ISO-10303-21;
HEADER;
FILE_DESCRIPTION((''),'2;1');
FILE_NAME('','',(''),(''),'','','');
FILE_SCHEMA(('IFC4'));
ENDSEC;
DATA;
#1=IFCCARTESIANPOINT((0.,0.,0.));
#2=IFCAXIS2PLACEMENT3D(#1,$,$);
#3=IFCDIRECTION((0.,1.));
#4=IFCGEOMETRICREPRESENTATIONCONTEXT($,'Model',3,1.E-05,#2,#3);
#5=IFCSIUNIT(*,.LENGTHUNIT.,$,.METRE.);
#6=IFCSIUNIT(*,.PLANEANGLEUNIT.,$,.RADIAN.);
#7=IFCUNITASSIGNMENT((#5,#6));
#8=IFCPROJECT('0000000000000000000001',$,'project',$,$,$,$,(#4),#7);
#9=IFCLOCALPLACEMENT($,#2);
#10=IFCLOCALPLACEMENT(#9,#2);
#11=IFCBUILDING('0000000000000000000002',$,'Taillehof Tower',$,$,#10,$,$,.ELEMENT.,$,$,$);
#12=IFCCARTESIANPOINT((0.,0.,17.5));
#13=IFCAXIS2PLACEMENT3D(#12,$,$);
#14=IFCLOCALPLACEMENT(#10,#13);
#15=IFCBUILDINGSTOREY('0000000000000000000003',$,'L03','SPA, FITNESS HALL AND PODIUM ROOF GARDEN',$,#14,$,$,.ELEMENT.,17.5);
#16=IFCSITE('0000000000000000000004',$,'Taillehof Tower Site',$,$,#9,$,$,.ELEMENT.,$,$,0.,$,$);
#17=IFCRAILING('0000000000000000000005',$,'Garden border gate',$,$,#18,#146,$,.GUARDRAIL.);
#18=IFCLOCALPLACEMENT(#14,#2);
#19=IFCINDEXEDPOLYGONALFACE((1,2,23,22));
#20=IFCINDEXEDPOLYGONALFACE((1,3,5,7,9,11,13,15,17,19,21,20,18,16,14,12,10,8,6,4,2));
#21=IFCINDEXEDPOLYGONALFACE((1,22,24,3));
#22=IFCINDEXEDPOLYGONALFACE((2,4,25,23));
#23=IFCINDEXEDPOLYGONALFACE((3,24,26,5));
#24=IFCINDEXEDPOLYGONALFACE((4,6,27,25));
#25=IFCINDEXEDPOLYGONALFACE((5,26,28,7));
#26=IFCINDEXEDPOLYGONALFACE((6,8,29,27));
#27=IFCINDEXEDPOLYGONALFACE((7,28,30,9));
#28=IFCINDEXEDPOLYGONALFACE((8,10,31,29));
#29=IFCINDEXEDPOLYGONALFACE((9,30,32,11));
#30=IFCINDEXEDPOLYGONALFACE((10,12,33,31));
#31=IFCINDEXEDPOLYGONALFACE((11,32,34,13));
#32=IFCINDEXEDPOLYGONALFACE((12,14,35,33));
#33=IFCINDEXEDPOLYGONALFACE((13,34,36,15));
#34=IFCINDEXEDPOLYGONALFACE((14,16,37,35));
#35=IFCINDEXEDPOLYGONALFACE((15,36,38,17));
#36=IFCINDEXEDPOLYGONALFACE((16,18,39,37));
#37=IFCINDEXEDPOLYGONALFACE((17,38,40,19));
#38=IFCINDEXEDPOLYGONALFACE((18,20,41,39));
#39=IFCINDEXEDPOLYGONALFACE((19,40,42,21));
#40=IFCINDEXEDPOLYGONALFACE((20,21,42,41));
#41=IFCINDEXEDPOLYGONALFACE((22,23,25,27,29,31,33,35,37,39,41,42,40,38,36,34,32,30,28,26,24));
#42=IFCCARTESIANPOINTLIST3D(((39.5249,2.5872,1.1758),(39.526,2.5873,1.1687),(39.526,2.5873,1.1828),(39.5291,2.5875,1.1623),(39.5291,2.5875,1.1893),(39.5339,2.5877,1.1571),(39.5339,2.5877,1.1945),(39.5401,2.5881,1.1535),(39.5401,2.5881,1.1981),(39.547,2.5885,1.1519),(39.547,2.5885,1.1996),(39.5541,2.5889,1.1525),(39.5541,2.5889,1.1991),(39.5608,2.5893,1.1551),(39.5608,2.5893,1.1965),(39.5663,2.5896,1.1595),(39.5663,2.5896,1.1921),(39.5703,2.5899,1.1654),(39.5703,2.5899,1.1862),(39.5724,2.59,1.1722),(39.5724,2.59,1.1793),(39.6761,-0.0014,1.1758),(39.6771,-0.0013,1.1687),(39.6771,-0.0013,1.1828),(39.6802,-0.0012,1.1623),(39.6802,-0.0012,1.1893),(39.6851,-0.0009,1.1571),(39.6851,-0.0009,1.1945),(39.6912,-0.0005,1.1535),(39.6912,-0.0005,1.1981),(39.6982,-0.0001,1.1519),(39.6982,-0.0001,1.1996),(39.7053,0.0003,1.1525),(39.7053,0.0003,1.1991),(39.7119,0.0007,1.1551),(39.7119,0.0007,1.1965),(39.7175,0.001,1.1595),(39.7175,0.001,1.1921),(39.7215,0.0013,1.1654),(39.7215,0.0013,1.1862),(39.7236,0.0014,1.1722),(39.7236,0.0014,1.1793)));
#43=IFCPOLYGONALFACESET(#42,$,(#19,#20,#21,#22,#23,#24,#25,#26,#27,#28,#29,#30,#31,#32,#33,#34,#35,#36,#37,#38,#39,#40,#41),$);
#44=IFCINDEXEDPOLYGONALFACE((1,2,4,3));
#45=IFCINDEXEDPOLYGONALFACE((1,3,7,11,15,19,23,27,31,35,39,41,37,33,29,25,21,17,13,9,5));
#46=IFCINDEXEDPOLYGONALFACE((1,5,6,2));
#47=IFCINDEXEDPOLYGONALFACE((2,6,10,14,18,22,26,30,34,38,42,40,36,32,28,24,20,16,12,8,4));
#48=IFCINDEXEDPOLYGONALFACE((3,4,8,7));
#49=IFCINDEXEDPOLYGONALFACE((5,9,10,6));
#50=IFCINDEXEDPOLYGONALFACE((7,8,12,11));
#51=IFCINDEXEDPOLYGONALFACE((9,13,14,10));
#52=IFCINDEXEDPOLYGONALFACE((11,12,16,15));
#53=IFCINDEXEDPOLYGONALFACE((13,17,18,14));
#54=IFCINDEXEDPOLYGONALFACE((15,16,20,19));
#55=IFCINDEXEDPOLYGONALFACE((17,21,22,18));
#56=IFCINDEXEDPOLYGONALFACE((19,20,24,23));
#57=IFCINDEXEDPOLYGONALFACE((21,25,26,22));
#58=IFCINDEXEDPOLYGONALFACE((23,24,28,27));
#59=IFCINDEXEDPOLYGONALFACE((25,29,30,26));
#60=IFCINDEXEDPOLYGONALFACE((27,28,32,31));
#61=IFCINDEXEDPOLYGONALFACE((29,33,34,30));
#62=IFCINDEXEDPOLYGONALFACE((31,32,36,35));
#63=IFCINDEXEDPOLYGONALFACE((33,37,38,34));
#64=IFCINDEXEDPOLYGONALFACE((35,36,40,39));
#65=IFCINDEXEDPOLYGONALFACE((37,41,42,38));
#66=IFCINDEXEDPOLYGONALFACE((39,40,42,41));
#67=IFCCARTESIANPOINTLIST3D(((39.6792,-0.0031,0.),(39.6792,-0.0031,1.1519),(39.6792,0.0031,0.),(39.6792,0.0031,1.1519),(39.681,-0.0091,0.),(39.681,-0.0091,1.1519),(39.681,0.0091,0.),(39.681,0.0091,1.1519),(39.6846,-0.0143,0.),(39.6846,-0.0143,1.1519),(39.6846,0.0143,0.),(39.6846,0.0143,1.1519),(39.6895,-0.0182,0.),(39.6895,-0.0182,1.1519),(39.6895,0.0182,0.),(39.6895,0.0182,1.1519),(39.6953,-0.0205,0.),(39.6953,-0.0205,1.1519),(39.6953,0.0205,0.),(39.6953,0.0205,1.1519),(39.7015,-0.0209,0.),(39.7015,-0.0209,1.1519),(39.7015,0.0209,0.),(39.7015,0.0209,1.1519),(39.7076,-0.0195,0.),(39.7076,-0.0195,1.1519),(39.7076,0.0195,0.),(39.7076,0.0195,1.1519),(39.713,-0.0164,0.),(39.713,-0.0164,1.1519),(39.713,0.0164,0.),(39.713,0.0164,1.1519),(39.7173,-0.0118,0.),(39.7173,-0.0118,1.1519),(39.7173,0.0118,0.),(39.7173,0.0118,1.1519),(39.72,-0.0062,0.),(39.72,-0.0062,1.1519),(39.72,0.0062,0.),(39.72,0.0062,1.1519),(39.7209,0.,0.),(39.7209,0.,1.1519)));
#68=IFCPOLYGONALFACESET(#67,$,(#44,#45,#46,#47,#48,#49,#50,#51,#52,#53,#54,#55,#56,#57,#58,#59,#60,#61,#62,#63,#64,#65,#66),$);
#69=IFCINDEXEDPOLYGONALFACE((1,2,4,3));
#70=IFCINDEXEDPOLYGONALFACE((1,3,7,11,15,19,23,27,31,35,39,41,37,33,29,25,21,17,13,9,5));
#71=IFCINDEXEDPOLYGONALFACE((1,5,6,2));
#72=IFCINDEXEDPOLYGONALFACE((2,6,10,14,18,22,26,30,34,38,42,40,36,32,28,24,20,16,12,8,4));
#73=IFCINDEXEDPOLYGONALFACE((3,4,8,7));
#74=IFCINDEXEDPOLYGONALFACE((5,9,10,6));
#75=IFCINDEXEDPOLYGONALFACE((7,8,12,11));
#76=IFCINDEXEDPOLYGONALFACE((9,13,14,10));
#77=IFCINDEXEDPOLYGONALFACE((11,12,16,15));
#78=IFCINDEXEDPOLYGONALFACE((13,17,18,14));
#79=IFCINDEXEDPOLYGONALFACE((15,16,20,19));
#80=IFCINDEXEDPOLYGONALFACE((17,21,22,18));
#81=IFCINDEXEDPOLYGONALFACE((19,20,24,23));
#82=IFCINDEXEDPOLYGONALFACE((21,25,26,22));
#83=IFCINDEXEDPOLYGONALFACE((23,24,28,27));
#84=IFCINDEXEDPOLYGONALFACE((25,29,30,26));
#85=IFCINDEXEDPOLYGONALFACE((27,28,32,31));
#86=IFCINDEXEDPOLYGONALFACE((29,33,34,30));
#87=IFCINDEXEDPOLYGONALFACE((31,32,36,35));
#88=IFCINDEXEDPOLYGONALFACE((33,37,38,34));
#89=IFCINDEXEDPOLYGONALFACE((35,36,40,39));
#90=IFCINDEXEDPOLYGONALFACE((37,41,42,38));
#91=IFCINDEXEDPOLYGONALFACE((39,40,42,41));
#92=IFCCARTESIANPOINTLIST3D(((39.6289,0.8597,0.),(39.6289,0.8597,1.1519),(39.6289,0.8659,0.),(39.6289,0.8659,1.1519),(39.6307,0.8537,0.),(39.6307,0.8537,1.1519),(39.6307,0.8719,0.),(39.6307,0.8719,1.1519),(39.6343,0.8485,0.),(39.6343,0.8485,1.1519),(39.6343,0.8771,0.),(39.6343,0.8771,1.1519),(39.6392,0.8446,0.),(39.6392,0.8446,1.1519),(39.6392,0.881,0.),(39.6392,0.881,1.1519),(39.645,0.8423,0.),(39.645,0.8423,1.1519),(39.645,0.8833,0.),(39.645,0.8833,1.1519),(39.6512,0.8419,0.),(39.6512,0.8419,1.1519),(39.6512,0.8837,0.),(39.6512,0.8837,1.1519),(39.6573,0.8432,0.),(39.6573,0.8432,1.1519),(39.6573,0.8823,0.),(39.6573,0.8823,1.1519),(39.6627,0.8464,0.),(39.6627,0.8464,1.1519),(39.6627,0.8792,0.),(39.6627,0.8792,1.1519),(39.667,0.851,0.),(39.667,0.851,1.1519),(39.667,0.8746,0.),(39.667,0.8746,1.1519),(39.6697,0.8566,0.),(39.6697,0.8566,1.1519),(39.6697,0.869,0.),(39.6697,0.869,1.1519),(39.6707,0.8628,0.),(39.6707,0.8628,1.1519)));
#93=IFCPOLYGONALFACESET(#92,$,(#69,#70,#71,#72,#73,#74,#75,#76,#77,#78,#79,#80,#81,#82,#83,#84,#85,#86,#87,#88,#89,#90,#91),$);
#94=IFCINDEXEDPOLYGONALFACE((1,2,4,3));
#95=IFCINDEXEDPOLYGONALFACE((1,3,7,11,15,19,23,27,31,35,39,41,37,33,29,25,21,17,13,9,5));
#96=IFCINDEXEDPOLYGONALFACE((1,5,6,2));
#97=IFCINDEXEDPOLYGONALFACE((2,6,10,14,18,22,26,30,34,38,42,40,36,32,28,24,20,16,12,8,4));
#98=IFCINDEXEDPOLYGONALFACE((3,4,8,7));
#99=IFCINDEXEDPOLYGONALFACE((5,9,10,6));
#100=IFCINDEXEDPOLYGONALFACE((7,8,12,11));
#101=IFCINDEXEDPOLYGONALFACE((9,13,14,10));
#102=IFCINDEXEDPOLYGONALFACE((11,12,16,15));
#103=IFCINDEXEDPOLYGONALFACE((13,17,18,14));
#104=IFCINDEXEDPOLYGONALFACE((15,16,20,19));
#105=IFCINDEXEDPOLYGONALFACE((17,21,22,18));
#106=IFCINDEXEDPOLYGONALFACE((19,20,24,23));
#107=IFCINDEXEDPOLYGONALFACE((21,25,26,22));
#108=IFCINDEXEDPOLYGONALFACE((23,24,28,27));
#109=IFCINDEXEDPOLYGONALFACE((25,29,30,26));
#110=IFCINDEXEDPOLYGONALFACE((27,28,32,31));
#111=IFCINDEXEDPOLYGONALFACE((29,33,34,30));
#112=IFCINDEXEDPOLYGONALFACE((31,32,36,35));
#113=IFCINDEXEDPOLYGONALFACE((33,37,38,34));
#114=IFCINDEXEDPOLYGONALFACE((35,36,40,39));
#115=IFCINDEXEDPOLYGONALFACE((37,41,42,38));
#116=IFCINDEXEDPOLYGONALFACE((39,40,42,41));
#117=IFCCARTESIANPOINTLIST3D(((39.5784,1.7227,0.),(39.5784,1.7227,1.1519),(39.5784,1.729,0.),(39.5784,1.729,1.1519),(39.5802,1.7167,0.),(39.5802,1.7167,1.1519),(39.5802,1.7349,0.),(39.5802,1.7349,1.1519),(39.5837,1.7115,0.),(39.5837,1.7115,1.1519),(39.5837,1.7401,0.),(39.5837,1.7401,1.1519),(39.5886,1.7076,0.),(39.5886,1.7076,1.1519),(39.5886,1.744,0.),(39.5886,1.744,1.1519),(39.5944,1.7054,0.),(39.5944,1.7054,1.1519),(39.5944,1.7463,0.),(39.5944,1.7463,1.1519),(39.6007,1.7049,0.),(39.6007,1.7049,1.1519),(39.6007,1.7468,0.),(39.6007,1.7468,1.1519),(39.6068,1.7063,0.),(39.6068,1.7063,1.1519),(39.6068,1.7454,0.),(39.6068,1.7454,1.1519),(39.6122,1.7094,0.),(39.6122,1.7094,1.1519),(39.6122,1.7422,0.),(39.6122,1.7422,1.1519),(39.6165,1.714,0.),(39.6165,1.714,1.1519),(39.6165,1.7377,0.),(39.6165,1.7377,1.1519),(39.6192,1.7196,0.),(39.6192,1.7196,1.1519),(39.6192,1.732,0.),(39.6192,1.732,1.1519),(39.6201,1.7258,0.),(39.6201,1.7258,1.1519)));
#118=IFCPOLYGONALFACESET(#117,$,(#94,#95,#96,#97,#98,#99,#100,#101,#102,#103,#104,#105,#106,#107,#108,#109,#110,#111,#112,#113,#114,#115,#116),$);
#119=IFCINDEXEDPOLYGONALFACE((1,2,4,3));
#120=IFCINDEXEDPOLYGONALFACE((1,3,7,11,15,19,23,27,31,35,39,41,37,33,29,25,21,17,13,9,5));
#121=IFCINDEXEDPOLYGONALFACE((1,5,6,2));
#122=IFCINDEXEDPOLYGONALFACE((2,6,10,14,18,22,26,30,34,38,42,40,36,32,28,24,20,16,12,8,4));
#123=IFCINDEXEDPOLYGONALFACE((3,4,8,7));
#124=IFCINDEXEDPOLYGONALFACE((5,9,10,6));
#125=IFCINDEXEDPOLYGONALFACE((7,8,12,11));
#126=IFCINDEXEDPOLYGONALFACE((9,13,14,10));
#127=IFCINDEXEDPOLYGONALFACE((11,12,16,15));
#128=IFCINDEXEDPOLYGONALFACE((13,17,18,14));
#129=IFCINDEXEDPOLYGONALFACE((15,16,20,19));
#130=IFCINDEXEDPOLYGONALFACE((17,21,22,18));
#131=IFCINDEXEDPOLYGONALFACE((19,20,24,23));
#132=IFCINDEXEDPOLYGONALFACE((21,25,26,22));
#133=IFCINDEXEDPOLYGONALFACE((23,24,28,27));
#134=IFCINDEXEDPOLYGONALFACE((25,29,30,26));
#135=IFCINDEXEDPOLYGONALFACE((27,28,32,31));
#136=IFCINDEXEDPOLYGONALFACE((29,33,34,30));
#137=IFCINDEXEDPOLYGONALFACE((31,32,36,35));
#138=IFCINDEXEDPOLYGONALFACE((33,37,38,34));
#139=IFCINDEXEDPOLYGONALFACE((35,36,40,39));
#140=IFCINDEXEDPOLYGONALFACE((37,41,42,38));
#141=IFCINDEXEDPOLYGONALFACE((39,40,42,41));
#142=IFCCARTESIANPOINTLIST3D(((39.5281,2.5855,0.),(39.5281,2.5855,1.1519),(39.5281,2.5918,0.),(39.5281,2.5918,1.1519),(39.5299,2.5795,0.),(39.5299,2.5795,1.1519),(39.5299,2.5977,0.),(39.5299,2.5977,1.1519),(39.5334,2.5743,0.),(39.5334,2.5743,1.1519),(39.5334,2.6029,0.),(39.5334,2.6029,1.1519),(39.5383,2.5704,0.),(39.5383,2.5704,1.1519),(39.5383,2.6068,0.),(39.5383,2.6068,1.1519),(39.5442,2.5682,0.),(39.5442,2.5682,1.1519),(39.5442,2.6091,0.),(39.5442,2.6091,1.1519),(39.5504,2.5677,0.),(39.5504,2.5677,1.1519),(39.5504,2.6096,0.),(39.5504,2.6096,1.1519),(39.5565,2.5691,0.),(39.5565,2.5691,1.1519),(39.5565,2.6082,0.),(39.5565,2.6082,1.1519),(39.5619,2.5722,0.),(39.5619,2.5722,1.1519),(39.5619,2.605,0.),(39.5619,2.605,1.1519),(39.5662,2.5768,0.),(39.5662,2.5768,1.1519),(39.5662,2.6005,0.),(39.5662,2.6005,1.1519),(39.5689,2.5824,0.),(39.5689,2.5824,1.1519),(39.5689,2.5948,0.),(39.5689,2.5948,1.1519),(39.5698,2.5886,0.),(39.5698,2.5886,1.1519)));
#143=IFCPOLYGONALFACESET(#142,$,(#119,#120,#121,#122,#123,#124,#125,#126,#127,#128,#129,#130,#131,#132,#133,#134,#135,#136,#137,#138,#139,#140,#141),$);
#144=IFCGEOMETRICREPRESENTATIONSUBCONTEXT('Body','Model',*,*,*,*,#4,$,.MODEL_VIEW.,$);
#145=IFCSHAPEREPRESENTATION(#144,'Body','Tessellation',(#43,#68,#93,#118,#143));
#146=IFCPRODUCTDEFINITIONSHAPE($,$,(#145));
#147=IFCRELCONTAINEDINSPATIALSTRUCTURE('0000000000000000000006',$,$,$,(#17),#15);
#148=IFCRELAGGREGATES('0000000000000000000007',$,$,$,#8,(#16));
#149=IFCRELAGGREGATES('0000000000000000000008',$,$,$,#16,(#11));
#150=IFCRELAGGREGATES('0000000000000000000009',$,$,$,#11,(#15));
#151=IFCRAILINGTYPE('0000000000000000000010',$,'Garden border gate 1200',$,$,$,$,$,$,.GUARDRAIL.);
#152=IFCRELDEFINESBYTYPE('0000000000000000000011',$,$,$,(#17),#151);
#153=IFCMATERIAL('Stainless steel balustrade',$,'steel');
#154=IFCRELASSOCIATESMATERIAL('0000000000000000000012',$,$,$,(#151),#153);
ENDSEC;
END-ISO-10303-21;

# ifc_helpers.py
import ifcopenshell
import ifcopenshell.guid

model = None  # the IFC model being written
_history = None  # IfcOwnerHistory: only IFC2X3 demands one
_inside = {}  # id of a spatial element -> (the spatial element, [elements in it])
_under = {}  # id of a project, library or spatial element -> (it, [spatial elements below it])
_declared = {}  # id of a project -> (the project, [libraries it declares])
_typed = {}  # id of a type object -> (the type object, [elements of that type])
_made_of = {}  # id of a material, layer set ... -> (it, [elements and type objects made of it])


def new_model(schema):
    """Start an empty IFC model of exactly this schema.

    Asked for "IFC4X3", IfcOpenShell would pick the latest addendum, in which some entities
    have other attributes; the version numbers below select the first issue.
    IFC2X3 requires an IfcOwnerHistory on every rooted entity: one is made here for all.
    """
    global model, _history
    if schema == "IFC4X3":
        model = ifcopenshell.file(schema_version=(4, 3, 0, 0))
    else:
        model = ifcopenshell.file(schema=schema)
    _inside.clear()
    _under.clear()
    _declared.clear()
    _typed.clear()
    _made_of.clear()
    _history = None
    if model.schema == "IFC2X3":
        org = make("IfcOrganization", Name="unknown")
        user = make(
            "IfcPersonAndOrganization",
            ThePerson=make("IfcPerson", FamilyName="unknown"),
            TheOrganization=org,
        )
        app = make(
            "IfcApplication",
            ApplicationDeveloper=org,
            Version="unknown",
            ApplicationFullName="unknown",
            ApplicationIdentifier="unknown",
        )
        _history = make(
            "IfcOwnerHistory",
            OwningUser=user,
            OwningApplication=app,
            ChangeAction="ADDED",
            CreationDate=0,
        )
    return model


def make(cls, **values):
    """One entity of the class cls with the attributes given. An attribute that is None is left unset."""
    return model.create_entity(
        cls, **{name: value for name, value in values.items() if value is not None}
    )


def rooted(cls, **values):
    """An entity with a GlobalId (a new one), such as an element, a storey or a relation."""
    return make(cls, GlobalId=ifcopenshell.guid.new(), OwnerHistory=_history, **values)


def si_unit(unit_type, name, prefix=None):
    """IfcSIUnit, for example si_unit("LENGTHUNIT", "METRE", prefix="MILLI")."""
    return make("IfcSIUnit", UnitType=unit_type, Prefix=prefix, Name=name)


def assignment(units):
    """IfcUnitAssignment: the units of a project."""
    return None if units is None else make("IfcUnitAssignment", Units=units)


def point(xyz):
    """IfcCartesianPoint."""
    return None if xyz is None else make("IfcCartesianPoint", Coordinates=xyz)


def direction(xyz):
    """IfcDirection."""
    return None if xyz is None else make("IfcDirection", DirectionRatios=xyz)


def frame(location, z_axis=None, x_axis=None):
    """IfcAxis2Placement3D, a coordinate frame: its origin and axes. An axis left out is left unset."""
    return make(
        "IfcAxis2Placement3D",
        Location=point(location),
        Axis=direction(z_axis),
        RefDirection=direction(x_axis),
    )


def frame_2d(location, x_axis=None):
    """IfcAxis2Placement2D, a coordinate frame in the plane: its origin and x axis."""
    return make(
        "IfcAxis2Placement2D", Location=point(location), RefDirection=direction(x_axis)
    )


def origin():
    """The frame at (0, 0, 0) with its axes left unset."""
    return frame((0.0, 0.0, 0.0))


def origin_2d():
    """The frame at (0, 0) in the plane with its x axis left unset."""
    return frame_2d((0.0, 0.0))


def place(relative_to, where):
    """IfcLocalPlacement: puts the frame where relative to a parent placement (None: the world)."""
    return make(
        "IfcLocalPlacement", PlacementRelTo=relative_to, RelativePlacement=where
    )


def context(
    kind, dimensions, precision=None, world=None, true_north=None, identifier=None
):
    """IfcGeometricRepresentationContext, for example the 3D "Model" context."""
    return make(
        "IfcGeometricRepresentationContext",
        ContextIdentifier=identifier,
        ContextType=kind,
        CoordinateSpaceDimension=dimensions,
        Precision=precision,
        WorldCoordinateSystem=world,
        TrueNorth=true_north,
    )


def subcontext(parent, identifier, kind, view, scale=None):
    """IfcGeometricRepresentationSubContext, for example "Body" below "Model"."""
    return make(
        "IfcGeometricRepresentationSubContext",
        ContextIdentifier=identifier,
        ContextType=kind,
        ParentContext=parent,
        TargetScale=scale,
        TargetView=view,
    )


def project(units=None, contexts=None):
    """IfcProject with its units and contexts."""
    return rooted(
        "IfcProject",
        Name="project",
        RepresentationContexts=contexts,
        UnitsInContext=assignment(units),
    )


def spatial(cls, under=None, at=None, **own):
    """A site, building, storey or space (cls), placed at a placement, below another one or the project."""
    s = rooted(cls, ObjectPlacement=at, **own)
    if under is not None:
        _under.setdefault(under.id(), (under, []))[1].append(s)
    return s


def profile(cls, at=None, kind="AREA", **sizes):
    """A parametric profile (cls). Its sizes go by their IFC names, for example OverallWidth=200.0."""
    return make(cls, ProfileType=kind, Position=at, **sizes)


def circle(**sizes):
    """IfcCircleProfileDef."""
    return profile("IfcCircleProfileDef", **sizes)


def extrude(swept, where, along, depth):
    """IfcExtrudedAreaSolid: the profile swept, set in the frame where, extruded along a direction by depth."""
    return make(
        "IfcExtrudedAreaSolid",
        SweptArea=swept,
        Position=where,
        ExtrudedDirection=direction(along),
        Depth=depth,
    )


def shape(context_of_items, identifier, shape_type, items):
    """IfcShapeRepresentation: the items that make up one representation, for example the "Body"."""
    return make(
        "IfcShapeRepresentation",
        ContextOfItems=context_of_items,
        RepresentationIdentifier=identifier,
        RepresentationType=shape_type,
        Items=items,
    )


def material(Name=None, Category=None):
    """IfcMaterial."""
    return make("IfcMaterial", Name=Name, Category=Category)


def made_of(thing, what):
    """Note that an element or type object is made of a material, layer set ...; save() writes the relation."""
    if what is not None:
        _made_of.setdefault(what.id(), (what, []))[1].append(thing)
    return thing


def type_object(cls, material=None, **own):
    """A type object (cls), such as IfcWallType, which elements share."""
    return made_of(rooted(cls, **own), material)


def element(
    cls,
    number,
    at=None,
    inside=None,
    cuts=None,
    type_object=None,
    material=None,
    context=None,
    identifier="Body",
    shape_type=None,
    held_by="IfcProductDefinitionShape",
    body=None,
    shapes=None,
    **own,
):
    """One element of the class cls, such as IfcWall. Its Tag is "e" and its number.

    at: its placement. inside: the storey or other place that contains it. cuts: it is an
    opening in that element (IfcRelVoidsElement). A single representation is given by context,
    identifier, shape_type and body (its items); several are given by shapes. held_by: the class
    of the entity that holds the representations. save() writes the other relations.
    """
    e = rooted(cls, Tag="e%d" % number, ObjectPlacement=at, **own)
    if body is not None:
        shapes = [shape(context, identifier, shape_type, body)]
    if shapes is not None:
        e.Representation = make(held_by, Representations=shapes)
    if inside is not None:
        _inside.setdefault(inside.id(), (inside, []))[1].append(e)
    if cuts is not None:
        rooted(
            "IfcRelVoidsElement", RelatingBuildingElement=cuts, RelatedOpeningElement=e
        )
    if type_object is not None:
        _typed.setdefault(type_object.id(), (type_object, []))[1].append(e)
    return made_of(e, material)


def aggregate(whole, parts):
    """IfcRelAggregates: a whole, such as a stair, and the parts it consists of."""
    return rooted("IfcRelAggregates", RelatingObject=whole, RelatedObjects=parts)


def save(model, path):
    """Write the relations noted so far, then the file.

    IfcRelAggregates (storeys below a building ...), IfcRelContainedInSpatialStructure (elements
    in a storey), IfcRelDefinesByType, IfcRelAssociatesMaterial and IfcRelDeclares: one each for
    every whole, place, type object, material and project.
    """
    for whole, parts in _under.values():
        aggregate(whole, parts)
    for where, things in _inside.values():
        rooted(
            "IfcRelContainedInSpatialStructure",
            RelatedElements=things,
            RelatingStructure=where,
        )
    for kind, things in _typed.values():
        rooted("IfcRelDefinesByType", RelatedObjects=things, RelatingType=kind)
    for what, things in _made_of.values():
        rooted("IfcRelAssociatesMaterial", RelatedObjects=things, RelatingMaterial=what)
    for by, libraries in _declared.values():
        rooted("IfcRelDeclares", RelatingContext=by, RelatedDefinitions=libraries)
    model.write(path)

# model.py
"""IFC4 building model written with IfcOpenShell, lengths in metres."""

from ifc_helpers import new_model, si_unit, direction, frame, origin, origin_2d, place, context, subcontext, project, spatial, circle, extrude, material, type_object, element, save


model = new_model("IFC4")

# Units and contexts
model_context = context("Model", 3, precision=1e-05, world=origin(), true_north=direction((0.0, 1.0)))
body_context = subcontext(model_context, "Body", "Model", "MODEL_VIEW")
ifc_project = project(units=[si_unit("LENGTHUNIT", "METRE"), si_unit("PLANEANGLEUNIT", "RADIAN")], contexts=[model_context])

# Site, building, storey
site_placement = place(None, origin())
site = spatial("IfcSite", under=ifc_project, at=site_placement, Name="Taillehof Tower Site", CompositionType="ELEMENT", RefElevation=0.0)
building_placement = place(site_placement, origin())
building = spatial("IfcBuilding", under=site, at=building_placement, Name="Taillehof Tower", CompositionType="ELEMENT")
storey_placement = place(building_placement, frame((0.0, 0.0, 17.5)))
storey = spatial("IfcBuildingStorey", under=building, at=storey_placement, Name="L03", Description="SPA, FITNESS HALL AND PODIUM ROOF GARDEN", CompositionType="ELEMENT", Elevation=17.5)

# Railing
ifc_material_1 = material(Name="Stainless steel balustrade", Category="steel")
railing_type_1 = type_object("IfcRailingType", Name="Garden border gate 1200", PredefinedType="GUARDRAIL", material=ifc_material_1)
railing_1_placement = place(storey_placement, frame((39.7, 0.0, 0.0)))
element("IfcRailing", 1, at=railing_1_placement, inside=storey, type_object=railing_type_1, Name="Garden border gate", PredefinedType="GUARDRAIL", context=body_context, shape_type="SweptSolid", body=[
    extrude(circle(Radius=0.0239, at=origin_2d()), frame((0.0, 0.0, 1.1758), z_axis=(-0.05828, 0.9983, 0.0), x_axis=(-0.9983, -0.05828, 0.0)), (0.0, 0.0, 1.0), 2.593),
    extrude(circle(Radius=0.021, at=origin_2d()), origin(), (0.0, 0.0, 1.0), 1.1519),
    extrude(circle(Radius=0.021, at=origin_2d()), frame((-0.0503, 0.8628, 0.0)), (0.0, 0.0, 1.0), 1.1519),
    extrude(circle(Radius=0.021, at=origin_2d()), frame((-0.1008, 1.7258, 0.0)), (0.0, 0.0, 1.0), 1.1519),
    extrude(circle(Radius=0.021, at=origin_2d()), frame((-0.1511, 2.5886, 0.0)), (0.0, 0.0, 1.0), 1.1519),
])

save(model, "model.ifc")
